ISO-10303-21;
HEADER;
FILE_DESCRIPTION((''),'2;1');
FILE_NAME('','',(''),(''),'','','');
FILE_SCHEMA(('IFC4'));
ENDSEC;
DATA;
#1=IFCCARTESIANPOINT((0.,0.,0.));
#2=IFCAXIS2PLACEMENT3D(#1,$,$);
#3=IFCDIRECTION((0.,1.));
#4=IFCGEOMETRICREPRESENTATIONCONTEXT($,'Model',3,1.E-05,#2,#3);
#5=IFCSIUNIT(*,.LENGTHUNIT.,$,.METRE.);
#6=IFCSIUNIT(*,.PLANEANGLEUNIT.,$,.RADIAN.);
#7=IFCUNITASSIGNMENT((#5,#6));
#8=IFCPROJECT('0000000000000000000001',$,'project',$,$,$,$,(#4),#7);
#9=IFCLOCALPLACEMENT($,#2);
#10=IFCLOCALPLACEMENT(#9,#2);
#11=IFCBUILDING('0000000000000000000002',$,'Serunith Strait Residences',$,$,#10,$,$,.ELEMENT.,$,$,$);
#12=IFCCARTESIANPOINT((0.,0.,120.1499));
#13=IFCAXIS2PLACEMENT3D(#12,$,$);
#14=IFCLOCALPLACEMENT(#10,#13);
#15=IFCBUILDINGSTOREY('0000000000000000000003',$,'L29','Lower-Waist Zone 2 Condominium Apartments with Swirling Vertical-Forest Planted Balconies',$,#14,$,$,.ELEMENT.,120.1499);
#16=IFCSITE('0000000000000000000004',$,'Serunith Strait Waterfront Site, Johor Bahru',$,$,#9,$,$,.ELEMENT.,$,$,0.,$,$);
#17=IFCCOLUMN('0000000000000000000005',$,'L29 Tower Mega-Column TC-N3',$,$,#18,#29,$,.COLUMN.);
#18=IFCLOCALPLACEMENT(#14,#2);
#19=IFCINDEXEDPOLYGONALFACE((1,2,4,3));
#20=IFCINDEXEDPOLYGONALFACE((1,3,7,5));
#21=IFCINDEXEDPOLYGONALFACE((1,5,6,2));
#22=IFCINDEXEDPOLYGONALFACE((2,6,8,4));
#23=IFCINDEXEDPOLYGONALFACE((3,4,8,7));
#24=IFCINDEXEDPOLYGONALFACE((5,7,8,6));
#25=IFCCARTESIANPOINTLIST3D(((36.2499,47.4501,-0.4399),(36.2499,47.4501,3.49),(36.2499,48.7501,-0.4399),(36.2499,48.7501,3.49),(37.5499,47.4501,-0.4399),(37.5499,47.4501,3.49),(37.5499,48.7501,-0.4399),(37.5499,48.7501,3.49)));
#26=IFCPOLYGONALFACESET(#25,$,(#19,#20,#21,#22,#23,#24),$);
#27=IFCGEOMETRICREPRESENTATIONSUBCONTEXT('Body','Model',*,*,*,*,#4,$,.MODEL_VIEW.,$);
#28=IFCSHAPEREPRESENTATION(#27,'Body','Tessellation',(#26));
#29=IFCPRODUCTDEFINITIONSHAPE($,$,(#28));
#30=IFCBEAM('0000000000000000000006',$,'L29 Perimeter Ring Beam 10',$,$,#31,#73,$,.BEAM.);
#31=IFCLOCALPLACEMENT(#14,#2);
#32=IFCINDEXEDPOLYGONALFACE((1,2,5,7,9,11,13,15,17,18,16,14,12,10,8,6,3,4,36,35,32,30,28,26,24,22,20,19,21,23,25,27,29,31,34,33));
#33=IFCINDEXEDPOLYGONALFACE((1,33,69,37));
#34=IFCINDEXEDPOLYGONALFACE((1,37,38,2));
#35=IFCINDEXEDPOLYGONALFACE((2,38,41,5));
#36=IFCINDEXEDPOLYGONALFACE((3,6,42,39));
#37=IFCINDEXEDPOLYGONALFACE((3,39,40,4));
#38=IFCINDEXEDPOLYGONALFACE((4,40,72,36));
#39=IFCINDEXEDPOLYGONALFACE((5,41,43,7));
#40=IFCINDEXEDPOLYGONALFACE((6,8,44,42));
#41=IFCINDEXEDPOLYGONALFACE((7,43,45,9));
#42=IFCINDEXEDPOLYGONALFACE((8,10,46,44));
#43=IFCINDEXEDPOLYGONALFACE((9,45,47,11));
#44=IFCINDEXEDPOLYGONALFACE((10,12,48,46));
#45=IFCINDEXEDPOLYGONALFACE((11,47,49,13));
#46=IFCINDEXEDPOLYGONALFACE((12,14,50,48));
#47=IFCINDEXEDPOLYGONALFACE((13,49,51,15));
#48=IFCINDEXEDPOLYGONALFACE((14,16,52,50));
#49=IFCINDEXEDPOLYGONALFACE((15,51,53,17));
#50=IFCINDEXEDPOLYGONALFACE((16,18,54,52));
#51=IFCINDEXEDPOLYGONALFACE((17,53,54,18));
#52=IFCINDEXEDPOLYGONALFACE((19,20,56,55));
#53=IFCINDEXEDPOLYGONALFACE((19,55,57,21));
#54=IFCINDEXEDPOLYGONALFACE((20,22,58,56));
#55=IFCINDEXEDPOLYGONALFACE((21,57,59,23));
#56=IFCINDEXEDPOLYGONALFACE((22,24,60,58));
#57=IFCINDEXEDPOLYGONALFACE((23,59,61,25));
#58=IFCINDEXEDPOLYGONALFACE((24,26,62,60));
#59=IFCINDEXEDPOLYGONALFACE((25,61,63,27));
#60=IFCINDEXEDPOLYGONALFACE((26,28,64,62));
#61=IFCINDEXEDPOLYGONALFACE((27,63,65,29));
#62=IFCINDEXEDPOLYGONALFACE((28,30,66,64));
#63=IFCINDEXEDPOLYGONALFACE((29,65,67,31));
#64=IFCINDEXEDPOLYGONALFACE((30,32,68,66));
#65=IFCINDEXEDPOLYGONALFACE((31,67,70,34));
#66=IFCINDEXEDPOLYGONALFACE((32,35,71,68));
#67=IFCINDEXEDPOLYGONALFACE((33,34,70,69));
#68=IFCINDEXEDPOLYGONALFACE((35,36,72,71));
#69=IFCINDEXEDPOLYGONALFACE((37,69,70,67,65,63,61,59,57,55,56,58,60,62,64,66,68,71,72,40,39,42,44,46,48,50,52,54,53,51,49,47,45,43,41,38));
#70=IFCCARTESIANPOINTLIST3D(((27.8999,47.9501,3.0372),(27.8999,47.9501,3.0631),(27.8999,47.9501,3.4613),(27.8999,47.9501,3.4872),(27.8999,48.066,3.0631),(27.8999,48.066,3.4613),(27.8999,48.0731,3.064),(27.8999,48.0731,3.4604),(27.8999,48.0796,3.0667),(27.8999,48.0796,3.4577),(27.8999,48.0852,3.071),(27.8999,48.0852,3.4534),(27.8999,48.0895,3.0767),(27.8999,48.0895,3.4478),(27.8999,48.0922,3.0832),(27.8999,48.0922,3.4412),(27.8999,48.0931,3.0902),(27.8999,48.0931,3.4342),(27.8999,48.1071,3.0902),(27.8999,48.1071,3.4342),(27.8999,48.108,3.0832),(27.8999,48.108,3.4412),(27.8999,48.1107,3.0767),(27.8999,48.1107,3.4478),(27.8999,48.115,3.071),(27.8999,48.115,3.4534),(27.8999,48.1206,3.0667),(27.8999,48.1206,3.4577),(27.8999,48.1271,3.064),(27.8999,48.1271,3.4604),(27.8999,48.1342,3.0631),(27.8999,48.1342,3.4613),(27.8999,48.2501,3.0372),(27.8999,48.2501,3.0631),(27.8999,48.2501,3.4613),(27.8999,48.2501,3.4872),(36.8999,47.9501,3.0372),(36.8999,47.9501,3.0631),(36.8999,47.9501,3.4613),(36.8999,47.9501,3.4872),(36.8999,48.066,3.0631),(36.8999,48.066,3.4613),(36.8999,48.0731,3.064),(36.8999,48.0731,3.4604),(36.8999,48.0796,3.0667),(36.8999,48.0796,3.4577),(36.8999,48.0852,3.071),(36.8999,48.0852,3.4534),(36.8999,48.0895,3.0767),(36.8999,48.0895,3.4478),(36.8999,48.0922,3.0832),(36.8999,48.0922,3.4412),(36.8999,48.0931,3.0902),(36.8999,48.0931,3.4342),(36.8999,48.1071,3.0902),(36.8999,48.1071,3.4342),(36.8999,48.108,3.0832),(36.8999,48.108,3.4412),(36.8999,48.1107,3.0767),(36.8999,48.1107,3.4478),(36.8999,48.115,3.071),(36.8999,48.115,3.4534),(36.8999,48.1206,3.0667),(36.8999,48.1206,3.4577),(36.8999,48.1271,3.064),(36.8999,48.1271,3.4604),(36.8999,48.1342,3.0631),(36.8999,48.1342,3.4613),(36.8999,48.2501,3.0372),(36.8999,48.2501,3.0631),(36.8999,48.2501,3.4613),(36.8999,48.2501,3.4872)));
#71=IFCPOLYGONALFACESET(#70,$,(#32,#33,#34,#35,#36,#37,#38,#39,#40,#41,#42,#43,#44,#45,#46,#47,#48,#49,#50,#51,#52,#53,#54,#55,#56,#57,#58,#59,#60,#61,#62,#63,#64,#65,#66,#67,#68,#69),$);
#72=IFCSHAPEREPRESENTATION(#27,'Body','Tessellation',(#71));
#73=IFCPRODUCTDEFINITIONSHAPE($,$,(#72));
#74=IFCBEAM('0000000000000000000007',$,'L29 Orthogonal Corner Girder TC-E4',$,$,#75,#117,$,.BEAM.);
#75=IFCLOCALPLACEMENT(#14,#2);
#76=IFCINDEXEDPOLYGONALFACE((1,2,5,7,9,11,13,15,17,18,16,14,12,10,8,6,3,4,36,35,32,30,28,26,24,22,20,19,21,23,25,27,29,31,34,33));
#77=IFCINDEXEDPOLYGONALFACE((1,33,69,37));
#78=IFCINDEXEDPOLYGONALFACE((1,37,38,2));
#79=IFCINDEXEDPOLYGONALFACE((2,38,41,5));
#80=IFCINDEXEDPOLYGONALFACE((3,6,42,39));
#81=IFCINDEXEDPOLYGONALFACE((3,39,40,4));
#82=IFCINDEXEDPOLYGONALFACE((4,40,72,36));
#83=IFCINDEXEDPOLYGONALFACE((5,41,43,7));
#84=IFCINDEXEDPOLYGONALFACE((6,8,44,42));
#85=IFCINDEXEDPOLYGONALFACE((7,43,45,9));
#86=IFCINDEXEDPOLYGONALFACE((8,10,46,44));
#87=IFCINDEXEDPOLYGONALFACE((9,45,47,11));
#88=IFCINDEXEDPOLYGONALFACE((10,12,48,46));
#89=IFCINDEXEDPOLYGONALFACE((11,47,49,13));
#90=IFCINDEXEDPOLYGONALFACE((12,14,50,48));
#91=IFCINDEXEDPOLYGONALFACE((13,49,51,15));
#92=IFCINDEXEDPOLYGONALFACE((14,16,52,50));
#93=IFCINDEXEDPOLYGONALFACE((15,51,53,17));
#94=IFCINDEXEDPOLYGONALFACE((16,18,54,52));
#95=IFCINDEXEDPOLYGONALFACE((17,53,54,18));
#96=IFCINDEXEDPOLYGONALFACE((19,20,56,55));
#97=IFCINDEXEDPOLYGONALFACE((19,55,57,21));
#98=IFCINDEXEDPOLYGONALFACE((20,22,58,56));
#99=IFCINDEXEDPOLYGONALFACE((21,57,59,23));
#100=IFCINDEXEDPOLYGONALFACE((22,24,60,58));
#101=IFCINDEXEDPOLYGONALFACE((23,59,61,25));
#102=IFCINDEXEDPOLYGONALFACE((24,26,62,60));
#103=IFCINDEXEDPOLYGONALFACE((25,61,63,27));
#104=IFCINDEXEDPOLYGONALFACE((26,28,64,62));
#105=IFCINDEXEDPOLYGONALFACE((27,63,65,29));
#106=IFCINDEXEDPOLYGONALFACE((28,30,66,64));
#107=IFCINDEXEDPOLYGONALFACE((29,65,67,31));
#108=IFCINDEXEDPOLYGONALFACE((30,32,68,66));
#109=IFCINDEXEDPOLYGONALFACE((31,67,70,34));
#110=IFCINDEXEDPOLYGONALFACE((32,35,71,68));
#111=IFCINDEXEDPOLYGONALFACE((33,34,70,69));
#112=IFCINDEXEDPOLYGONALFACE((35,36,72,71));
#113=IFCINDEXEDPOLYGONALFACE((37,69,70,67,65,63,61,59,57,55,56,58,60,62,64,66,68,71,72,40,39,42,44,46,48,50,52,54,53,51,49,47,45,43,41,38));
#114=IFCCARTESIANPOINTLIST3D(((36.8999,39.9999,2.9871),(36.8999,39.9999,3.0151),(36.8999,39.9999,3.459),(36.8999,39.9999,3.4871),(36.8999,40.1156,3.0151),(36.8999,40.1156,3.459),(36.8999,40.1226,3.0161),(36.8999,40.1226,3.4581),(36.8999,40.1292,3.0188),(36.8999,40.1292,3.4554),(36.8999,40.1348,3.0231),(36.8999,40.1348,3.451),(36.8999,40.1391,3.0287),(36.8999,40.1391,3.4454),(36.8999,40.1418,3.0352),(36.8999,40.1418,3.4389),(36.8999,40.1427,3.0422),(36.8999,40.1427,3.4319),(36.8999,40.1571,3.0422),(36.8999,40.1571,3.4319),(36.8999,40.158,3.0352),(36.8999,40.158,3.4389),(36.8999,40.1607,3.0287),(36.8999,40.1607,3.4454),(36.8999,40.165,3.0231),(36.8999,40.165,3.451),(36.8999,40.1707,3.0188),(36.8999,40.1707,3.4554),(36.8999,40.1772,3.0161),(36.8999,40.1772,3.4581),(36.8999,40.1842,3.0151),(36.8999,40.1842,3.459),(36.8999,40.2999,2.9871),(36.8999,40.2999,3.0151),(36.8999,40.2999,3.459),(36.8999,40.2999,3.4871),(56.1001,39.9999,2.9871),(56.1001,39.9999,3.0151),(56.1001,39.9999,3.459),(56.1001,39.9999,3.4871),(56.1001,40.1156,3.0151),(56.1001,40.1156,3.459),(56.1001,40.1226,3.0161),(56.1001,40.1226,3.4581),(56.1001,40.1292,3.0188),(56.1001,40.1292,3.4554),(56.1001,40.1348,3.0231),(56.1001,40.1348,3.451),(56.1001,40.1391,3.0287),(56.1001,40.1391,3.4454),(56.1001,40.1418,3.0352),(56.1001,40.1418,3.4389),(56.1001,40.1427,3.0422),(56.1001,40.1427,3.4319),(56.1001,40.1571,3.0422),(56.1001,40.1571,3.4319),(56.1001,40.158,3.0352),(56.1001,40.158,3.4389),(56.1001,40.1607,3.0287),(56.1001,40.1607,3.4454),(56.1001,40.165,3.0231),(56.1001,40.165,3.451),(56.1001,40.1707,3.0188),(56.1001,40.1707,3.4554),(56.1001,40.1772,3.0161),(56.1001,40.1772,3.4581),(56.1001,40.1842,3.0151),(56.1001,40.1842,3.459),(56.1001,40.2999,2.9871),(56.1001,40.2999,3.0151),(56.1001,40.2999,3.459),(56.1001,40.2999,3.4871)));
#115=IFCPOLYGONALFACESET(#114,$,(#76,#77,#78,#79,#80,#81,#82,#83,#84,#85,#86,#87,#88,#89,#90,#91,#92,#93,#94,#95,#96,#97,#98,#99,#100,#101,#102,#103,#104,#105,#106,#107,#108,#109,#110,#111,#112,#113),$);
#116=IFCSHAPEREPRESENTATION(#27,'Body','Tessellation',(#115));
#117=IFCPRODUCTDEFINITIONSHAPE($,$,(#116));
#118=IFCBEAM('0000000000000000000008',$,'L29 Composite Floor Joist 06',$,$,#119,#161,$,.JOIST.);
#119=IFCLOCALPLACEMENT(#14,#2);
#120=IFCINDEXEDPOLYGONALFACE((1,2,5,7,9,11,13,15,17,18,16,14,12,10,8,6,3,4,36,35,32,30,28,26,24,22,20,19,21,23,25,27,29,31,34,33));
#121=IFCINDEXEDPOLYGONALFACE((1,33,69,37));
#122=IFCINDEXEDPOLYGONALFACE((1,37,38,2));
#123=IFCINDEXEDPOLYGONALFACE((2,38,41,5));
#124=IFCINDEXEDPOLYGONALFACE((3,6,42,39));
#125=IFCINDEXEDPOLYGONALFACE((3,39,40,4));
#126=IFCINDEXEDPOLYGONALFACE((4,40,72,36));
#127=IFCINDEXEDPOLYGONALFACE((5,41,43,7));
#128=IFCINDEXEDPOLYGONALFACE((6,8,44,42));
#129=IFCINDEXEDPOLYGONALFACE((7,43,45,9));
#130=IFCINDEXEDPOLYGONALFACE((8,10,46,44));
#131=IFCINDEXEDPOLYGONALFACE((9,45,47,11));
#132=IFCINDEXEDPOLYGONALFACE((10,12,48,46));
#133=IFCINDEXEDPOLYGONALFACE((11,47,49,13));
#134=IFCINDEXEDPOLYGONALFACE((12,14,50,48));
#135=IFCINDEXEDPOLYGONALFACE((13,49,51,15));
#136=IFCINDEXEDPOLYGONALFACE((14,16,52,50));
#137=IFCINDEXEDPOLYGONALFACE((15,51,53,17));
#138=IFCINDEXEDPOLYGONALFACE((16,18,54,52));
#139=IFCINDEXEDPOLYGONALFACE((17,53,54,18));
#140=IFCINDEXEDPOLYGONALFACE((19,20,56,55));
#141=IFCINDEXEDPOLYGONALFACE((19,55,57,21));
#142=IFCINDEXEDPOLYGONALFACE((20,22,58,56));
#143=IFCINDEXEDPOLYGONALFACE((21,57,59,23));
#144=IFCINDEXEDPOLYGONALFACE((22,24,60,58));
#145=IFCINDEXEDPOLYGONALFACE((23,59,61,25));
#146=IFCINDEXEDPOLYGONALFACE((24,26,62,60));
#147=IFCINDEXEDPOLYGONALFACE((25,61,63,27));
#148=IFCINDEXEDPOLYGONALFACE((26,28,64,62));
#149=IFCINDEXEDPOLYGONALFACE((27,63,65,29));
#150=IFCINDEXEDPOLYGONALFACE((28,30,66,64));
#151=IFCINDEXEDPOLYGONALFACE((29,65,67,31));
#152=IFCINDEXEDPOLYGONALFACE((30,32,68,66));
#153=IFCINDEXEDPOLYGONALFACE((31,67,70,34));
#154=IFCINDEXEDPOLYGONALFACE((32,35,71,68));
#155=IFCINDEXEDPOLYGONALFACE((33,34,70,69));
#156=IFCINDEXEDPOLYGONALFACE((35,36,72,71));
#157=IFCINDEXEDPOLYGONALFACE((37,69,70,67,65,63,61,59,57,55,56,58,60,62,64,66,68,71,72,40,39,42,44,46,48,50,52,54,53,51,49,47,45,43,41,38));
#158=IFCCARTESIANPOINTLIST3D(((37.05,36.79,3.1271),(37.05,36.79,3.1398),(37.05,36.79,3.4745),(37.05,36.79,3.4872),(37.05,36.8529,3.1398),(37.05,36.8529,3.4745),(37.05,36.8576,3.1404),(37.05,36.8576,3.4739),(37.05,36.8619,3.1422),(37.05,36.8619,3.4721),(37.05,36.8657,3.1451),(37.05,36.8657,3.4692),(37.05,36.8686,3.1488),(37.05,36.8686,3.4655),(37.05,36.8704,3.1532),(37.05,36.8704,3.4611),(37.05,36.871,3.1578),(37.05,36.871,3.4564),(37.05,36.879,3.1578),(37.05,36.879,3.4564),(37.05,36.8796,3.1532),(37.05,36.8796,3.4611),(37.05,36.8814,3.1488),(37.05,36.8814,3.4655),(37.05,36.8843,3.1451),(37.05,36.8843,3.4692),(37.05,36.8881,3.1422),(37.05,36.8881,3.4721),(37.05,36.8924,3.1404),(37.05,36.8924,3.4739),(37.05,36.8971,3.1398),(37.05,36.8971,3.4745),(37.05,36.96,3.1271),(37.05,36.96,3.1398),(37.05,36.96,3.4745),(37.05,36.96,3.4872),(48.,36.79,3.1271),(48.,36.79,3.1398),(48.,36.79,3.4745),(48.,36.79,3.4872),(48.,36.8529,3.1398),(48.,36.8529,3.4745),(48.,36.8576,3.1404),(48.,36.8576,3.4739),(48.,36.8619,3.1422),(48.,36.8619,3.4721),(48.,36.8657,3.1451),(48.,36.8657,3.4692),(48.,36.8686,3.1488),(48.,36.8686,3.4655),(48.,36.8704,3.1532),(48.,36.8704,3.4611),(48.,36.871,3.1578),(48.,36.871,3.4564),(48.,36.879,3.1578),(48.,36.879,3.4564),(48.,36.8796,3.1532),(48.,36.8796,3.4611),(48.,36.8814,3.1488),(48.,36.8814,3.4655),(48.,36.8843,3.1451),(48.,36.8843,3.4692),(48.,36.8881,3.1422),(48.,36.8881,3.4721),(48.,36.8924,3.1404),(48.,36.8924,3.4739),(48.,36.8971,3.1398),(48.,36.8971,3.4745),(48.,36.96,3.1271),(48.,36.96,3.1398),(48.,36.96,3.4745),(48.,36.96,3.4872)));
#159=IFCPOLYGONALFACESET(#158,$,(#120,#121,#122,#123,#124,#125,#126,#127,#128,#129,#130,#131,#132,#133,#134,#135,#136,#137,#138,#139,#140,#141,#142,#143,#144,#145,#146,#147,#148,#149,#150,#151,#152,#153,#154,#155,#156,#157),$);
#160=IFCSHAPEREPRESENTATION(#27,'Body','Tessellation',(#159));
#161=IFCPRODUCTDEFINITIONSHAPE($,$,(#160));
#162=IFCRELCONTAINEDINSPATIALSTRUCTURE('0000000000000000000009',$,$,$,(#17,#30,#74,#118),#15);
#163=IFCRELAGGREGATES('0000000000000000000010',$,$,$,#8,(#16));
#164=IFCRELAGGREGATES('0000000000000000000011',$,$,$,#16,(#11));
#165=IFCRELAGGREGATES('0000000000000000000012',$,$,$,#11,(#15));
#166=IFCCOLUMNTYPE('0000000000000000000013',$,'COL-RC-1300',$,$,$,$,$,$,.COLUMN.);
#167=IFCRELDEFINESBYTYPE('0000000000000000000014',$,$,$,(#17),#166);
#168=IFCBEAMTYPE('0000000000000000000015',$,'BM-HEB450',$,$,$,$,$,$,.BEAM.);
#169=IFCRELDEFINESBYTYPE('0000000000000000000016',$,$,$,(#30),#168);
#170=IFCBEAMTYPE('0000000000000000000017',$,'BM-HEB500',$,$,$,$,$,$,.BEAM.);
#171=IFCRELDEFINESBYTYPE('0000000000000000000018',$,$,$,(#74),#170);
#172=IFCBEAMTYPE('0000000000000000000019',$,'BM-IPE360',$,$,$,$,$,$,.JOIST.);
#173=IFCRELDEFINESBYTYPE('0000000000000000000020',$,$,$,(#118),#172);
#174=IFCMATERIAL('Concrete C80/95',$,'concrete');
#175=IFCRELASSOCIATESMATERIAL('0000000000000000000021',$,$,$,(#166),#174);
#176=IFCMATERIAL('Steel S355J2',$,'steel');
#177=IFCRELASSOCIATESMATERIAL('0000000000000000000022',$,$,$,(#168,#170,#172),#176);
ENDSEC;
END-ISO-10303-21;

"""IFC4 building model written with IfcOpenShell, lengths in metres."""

from ifc_helpers import new_model, si_unit, direction, frame, origin, origin_2d, place, context, subcontext, project, spatial, rectangle, i_section, extrude, source, transform, mapped, material, material_profile, profile_set, type_object, element, save


model = new_model("IFC4")

# Units and contexts
model_context = context("Model", 3, precision=1e-05, world=origin(), true_north=direction((0.0, 1.0)))
body_context = subcontext(model_context, "Body", "Model", "MODEL_VIEW")
ifc_project = project(units=[si_unit("LENGTHUNIT", "METRE"), si_unit("PLANEANGLEUNIT", "RADIAN")], contexts=[model_context])

# Site, building, storey
site_placement = place(None, origin())
site = spatial("IfcSite", under=ifc_project, at=site_placement, Name="Serunith Strait Waterfront Site, Johor Bahru", CompositionType="ELEMENT", RefElevation=0.0)
building_placement = place(site_placement, origin())
building = spatial("IfcBuilding", under=site, at=building_placement, Name="Serunith Strait Residences", CompositionType="ELEMENT")
storey_placement = place(building_placement, frame((0.0, 0.0, 120.1499)))
storey = spatial("IfcBuildingStorey", under=building, at=storey_placement, Name="L29", Description="Lower-Waist Zone 2 Condominium Apartments with Swirling Vertical-Forest Planted Balconies", CompositionType="ELEMENT", Elevation=120.1499)

# Column
ifc_material_1 = material(Name="Concrete C80/95", Category="concrete")
ifc_material_profile_1 = material_profile(ifc_material_1, rectangle(XDim=1.3, YDim=1.3, at=origin_2d()), Name="RC 1300x1300")
ifc_profile_set_1 = profile_set([ifc_material_profile_1], Name="Concrete C80/95")
column_type = type_object("IfcColumnType", Name="COL-RC-1300", PredefinedType="COLUMN", material=ifc_profile_set_1)
shared_shape_1 = source(origin(), body_context, "Body", "SweptSolid", [
    extrude(rectangle(XDim=1.3, YDim=1.3, at=origin_2d()), origin(), (0.0, 0.0, 1.0), 3.9299),
])
column_placement = place(storey_placement, frame((36.8999, 48.1001, -0.4399), z_axis=(0.0, 0.0, 1.0), x_axis=(1.0, 0.0, 0.0)))
element("IfcColumn", 1, at=column_placement, inside=storey, type_object=column_type, Name="L29 Tower Mega-Column TC-N3", PredefinedType="COLUMN", context=body_context, shape_type="MappedRepresentation", body=[
    mapped(shared_shape_1, transform((0.0, 0.0, 0.0), scale=1.0)),
])

# Beams
ifc_material_2 = material(Name="Steel S355J2", Category="steel")
ifc_material_profile_2 = material_profile(ifc_material_2, i_section(OverallWidth=0.3, OverallDepth=0.45, WebThickness=0.0139, FlangeThickness=0.0259, FilletRadius=0.0271, at=origin_2d()), Name="HEB 450")
ifc_profile_set_2 = profile_set([ifc_material_profile_2], Name="Steel S355J2")
beam_type_1 = type_object("IfcBeamType", Name="BM-HEB450", PredefinedType="BEAM", material=ifc_profile_set_2)
shared_shape_2 = source(origin(), body_context, "Body", "SweptSolid", [
    extrude(i_section(OverallWidth=0.3, OverallDepth=0.45, WebThickness=0.0139, FlangeThickness=0.0259, FilletRadius=0.0271, at=origin_2d()), origin(), (0.0, 0.0, 1.0), 9.0),
])
beam_1_placement = place(storey_placement, frame((36.8999, 48.1001, 3.2622), z_axis=(-1.0, 0.0, 0.0), x_axis=(0.0, -1.0, 0.0)))
element("IfcBeam", 2, at=beam_1_placement, inside=storey, type_object=beam_type_1, Name="L29 Perimeter Ring Beam 10", PredefinedType="BEAM", context=body_context, shape_type="MappedRepresentation", body=[
    mapped(shared_shape_2, transform((0.0, 0.0, 0.0), scale=1.0)),
])
ifc_material_profile_3 = material_profile(ifc_material_2, i_section(OverallWidth=0.3, OverallDepth=0.5, WebThickness=0.0144, FlangeThickness=0.0281, FilletRadius=0.0271, at=origin_2d()), Name="HEB 500")
ifc_profile_set_3 = profile_set([ifc_material_profile_3], Name="Steel S355J2")
beam_type_2 = type_object("IfcBeamType", Name="BM-HEB500", PredefinedType="BEAM", material=ifc_profile_set_3)
shared_shape_3 = source(origin(), body_context, "Body", "SweptSolid", [
    extrude(i_section(OverallWidth=0.3, OverallDepth=0.5, WebThickness=0.0144, FlangeThickness=0.0281, FilletRadius=0.0271, at=origin_2d()), origin(), (0.0, 0.0, 1.0), 19.2002),
])
beam_2_placement = place(storey_placement, frame((36.8999, 40.1499, 3.2371), z_axis=(1.0, 0.0, 0.0), x_axis=(0.0, 1.0, 0.0)))
element("IfcBeam", 3, at=beam_2_placement, inside=storey, type_object=beam_type_2, Name="L29 Orthogonal Corner Girder TC-E4", PredefinedType="BEAM", context=body_context, shape_type="MappedRepresentation", body=[
    mapped(shared_shape_3, transform((0.0, 0.0, 0.0), scale=1.0)),
])
ifc_material_profile_4 = material_profile(ifc_material_2, i_section(OverallWidth=0.1699, OverallDepth=0.3601, WebThickness=0.0081, FlangeThickness=0.0127, FilletRadius=0.0181, at=origin_2d()), Name="IPE 360")
ifc_profile_set_4 = profile_set([ifc_material_profile_4], Name="Steel S355J2")
beam_type_3 = type_object("IfcBeamType", Name="BM-IPE360", PredefinedType="JOIST", material=ifc_profile_set_4)
shared_shape_4 = source(origin(), body_context, "Body", "SweptSolid", [
    extrude(i_section(OverallWidth=0.1699, OverallDepth=0.3601, WebThickness=0.0081, FlangeThickness=0.0127, FilletRadius=0.0181, at=origin_2d()), origin(), (0.0, 0.0, 1.0), 10.95),
])
beam_3_placement = place(storey_placement, frame((37.05, 36.875, 3.3071), z_axis=(1.0, 0.0, 0.0), x_axis=(0.0, 1.0, 0.0)))
element("IfcBeam", 4, at=beam_3_placement, inside=storey, type_object=beam_type_3, Name="L29 Composite Floor Joist 06", PredefinedType="JOIST", context=body_context, shape_type="MappedRepresentation", body=[
    mapped(shared_shape_4, transform((0.0, 0.0, 0.0), scale=1.0)),
])

save(model, "model.ifc")
